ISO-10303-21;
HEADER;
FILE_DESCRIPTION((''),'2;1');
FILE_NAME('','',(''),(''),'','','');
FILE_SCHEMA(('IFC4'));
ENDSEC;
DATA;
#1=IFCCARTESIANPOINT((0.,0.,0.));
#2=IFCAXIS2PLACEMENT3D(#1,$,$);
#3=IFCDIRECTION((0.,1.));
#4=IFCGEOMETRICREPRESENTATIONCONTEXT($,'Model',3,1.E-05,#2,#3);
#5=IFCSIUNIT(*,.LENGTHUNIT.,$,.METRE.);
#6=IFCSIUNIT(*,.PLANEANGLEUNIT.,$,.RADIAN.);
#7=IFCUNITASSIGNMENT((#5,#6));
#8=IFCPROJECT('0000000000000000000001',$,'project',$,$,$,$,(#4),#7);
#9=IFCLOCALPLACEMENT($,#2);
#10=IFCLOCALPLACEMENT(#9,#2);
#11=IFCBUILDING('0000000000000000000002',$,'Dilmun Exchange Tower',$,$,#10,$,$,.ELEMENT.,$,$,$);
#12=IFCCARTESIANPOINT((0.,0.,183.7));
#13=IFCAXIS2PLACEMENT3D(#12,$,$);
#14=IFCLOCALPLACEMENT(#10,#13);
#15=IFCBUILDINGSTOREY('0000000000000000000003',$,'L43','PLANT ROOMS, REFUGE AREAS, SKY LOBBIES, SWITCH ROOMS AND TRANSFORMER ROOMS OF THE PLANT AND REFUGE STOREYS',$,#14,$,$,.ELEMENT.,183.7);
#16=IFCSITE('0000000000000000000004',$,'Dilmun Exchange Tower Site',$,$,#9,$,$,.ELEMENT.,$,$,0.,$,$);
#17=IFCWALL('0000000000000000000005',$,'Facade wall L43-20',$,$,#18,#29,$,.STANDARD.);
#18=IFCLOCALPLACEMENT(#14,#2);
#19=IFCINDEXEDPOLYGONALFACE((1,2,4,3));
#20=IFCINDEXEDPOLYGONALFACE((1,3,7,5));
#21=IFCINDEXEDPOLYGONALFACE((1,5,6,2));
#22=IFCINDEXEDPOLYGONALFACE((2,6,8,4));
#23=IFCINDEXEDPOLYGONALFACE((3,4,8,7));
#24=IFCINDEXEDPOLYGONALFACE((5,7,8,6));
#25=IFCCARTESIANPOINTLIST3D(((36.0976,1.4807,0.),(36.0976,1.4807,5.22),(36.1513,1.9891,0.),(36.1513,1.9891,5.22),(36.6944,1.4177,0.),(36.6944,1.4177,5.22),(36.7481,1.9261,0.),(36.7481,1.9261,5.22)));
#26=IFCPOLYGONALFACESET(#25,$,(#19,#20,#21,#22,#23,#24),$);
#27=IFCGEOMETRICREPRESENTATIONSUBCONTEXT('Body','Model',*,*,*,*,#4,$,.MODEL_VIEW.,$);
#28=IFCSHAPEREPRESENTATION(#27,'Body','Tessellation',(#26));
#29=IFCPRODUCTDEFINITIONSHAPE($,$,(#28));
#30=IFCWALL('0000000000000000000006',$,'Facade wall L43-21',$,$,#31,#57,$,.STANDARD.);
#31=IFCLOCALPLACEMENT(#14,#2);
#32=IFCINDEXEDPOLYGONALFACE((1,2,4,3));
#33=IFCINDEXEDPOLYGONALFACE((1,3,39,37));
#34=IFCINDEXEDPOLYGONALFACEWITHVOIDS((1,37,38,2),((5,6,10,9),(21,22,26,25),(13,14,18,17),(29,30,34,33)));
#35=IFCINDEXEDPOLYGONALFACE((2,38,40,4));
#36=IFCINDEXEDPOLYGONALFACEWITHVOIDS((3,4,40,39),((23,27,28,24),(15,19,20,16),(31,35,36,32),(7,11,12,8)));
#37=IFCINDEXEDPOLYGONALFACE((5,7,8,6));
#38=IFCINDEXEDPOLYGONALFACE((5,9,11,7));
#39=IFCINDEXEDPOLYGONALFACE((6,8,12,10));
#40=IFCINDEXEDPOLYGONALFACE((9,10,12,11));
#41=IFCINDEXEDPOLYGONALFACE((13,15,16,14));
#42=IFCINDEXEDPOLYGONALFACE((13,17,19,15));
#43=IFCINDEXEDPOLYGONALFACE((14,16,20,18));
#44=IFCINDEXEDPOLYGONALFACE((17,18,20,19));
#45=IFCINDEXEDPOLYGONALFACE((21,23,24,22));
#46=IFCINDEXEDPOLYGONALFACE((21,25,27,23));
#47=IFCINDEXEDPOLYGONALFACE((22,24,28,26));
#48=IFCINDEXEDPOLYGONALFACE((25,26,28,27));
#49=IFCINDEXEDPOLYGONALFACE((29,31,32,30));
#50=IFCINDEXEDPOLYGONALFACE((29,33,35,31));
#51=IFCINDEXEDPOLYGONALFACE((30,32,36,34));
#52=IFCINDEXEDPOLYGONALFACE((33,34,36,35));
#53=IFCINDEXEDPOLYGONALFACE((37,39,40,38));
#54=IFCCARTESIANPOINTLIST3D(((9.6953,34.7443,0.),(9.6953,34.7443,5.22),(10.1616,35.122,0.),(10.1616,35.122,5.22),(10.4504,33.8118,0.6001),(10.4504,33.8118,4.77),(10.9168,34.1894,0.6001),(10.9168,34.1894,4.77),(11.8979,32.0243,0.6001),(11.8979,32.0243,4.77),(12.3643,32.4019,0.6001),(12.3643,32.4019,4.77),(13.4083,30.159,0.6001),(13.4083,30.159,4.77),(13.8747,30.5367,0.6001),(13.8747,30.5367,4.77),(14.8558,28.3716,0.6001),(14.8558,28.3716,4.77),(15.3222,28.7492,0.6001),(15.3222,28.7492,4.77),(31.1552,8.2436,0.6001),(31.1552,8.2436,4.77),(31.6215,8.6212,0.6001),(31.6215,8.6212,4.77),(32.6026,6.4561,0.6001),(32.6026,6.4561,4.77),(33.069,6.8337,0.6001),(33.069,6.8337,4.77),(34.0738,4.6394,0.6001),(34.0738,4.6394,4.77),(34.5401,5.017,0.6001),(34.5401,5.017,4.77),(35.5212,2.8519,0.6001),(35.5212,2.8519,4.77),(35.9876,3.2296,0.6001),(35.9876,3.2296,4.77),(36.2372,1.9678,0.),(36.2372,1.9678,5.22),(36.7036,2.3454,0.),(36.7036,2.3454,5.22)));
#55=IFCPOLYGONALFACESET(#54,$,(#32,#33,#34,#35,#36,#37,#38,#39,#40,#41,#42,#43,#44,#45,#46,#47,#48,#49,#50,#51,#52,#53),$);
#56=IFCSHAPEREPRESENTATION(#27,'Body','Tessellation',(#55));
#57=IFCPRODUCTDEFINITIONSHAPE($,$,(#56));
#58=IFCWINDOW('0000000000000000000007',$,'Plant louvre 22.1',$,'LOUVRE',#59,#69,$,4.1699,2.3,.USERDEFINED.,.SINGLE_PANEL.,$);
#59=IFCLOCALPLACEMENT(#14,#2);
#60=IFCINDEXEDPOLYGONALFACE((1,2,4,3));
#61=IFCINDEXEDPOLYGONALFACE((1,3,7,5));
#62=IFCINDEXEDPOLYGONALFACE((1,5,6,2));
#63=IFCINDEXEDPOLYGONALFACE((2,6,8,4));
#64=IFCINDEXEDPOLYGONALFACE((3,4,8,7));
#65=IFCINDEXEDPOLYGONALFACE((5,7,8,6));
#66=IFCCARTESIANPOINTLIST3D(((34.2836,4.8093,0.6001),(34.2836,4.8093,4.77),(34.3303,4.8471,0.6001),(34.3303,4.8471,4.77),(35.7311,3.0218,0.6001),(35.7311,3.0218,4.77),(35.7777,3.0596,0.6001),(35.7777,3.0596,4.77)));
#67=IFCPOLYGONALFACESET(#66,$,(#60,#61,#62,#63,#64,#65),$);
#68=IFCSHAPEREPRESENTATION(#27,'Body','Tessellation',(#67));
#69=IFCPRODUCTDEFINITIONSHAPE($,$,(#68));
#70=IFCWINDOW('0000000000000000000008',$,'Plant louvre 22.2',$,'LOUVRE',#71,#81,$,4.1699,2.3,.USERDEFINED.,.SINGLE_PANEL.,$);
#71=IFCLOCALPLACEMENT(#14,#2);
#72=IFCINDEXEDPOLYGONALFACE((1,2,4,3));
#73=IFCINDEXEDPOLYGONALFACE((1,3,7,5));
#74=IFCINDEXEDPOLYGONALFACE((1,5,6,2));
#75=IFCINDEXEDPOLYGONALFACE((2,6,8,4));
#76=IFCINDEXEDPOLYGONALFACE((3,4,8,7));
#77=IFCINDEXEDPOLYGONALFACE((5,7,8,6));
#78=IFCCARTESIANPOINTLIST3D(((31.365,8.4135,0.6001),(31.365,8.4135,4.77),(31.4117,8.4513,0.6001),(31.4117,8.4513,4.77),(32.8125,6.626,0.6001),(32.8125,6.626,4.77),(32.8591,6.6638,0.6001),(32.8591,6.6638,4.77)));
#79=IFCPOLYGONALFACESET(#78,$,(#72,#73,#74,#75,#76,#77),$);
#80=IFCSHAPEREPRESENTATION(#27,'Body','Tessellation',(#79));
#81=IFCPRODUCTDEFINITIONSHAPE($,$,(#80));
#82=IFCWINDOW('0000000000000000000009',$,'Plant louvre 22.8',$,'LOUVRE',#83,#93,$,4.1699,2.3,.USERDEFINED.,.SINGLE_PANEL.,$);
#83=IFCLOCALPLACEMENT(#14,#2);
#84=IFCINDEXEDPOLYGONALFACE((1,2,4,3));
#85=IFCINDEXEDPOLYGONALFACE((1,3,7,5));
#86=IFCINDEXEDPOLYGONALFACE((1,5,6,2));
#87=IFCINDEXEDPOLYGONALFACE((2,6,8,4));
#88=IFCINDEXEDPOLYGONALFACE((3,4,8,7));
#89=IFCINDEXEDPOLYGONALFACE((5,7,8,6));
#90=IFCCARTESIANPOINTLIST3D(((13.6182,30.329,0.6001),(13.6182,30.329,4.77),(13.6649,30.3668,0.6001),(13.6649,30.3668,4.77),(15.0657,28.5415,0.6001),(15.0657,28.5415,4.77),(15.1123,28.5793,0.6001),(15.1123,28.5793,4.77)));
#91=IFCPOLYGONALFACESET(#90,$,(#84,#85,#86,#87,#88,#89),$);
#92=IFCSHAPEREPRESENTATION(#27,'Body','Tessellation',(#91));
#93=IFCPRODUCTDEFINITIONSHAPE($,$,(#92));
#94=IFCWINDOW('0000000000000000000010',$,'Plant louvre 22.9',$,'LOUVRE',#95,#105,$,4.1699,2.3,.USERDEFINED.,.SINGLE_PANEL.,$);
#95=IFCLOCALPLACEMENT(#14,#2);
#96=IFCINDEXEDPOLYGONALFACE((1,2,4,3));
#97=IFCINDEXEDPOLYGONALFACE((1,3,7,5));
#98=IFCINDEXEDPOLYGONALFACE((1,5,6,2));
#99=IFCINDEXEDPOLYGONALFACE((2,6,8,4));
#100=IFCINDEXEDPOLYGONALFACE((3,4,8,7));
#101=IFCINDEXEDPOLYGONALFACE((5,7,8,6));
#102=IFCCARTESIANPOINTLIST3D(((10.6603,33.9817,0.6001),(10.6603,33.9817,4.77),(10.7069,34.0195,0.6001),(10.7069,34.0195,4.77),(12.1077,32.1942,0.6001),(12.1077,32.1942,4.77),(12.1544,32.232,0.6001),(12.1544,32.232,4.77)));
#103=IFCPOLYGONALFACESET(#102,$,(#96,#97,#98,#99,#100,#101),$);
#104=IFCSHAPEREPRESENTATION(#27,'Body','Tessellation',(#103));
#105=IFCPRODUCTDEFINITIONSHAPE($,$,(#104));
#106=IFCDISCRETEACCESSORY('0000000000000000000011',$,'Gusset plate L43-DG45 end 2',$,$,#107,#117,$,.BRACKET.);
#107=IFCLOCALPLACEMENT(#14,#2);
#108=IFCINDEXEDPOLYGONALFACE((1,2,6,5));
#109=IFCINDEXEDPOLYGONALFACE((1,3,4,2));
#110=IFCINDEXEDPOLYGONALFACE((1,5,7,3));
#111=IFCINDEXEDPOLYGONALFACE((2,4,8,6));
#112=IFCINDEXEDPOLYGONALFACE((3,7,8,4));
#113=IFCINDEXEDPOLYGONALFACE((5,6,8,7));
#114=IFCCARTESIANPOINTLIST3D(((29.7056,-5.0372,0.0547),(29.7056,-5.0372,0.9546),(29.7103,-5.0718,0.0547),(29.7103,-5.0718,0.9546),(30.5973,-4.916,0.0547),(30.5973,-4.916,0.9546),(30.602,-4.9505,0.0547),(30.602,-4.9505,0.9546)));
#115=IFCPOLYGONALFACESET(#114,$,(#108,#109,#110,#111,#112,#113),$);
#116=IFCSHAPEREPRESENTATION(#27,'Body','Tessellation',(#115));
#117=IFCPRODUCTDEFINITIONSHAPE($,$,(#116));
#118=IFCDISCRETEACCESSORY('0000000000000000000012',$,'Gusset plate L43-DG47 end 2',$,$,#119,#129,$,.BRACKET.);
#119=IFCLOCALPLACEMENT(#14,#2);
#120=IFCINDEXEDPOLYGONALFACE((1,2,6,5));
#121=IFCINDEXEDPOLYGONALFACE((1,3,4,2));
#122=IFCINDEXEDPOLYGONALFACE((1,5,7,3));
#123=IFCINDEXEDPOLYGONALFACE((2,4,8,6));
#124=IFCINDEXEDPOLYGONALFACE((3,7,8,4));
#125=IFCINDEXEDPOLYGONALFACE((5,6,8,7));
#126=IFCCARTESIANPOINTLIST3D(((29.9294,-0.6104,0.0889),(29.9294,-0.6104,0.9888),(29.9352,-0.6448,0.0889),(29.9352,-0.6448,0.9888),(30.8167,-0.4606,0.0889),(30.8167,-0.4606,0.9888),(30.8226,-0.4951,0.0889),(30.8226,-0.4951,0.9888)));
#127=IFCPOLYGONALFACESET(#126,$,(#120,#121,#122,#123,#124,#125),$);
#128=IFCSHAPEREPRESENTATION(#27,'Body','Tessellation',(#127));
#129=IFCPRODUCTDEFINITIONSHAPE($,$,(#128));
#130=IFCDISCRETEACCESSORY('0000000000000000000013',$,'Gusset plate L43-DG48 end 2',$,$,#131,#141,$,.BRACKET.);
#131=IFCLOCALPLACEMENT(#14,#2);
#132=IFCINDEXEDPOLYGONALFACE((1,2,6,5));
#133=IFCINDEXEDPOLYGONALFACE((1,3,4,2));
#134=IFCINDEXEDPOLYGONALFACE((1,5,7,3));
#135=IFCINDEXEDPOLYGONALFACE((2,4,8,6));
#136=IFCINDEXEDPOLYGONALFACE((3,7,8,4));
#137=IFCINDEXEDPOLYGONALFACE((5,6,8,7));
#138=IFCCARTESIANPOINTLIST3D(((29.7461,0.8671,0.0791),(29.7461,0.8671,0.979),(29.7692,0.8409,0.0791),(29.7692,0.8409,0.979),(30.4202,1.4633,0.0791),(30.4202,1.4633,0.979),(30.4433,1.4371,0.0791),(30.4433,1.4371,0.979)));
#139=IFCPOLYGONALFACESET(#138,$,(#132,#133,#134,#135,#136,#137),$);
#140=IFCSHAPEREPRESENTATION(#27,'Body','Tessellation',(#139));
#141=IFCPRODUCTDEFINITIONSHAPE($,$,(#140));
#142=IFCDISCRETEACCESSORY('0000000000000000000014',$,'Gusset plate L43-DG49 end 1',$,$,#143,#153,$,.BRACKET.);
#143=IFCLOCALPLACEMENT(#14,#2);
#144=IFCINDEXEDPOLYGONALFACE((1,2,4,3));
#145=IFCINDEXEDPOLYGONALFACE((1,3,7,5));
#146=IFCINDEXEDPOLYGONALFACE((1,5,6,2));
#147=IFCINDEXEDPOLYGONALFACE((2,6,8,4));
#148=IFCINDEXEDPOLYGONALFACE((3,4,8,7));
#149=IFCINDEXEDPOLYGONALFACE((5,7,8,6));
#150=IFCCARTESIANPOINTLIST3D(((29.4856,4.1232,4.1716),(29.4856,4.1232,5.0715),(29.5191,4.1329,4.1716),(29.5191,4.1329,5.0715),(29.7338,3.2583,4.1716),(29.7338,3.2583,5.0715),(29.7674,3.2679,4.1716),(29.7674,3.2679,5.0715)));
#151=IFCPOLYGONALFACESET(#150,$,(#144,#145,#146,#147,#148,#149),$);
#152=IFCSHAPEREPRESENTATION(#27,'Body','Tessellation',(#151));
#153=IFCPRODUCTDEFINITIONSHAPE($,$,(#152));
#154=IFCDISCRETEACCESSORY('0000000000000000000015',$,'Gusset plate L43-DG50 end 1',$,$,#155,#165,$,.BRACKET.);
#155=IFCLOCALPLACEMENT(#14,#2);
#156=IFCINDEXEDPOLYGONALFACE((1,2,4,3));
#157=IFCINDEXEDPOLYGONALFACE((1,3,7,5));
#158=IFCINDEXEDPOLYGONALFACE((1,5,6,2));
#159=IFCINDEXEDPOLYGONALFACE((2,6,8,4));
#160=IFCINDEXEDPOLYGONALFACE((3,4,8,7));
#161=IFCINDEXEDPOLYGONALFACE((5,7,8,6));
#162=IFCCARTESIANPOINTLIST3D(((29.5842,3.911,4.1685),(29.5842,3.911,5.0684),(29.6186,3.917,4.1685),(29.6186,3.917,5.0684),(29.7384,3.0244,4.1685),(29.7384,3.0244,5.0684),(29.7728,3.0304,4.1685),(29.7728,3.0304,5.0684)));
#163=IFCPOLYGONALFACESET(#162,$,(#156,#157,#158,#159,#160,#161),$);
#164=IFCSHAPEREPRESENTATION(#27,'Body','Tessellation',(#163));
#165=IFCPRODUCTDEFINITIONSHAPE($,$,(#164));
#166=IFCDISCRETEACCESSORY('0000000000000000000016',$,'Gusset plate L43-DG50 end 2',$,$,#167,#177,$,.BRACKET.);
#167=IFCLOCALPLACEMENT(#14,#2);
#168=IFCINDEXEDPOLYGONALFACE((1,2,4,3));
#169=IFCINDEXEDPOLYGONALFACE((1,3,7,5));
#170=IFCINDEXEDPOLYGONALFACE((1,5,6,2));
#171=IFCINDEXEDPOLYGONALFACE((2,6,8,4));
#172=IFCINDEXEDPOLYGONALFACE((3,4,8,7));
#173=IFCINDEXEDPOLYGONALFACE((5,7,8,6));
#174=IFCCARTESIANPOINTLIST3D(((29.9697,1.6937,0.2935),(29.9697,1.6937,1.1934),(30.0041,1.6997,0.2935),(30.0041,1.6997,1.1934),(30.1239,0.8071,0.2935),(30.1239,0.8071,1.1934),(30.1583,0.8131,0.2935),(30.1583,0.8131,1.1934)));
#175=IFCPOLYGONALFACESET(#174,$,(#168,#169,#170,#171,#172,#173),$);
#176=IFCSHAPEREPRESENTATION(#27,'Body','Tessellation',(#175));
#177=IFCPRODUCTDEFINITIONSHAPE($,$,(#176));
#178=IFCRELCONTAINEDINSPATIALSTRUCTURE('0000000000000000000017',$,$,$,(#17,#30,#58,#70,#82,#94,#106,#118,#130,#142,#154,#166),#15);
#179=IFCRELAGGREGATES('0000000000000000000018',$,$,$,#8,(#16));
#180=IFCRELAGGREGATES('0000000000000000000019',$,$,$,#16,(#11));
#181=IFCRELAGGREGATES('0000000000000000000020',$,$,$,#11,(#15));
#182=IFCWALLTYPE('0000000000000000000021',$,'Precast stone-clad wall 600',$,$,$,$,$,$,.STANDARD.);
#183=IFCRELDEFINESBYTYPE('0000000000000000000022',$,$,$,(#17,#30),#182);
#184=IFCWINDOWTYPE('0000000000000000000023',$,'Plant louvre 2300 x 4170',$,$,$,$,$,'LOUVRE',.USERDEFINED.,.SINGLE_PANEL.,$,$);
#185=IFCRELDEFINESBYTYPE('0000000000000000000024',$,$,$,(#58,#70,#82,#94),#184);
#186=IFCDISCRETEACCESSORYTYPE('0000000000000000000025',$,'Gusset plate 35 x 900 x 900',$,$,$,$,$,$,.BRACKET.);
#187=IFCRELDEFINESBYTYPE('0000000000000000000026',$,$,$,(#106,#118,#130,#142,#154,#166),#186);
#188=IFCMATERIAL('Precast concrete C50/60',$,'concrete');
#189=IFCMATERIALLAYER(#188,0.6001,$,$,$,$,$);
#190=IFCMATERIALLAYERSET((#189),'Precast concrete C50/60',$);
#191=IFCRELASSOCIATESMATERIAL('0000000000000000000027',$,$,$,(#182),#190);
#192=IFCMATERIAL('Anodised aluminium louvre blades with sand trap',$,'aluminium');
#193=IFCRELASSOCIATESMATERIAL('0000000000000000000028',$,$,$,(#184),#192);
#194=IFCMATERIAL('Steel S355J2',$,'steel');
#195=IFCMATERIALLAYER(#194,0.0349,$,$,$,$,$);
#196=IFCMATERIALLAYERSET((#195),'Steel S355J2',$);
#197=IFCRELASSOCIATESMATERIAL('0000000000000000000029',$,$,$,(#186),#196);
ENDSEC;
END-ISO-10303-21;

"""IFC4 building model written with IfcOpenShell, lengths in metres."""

from ifc_helpers import new_model, si_unit, direction, frame, frame_2d, origin, origin_2d, place, context, subcontext, project, spatial, rectangle, extrude, material, layer, layer_set, type_object, element, fill, save


model = new_model("IFC4")

# Units and contexts
model_context = context("Model", 3, precision=1e-05, world=origin(), true_north=direction((0.0, 1.0)))
body_context = subcontext(model_context, "Body", "Model", "MODEL_VIEW")
ifc_project = project(units=[si_unit("LENGTHUNIT", "METRE"), si_unit("PLANEANGLEUNIT", "RADIAN")], contexts=[model_context])

# Site, building, storey
site_placement = place(None, origin())
site = spatial("IfcSite", under=ifc_project, at=site_placement, Name="Dilmun Exchange Tower Site", CompositionType="ELEMENT", RefElevation=0.0)
building_placement = place(site_placement, origin())
building = spatial("IfcBuilding", under=site, at=building_placement, Name="Dilmun Exchange Tower", CompositionType="ELEMENT")
storey_placement = place(building_placement, frame((0.0, 0.0, 183.7)))
storey = spatial("IfcBuildingStorey", under=building, at=storey_placement, Name="L43", Description="PLANT ROOMS, REFUGE AREAS, SKY LOBBIES, SWITCH ROOMS AND TRANSFORMER ROOMS OF THE PLANT AND REFUGE STOREYS", CompositionType="ELEMENT", Elevation=183.7)

# Shared definitions
ifc_material_1 = material(Name="Precast concrete C50/60", Category="concrete")
ifc_layer_1 = layer(ifc_material_1, 0.6001)
ifc_layer_set_1 = layer_set([ifc_layer_1], Name="Precast concrete C50/60")
wall_type = type_object("IfcWallType", Name="Precast stone-clad wall 600", PredefinedType="STANDARD", material=ifc_layer_set_1)

# Shared definitions
ifc_material_2 = material(Name="Anodised aluminium louvre blades with sand trap", Category="aluminium")

# Wall
wall_1_placement = place(storey_placement, frame((36.396, 1.4492, 0.0), z_axis=(0.0, 0.0, 1.0), x_axis=(0.105083, 0.994463, 0.0)))
element("IfcWall", 1, at=wall_1_placement, inside=storey, type_object=wall_type, Name="Facade wall L43-20", PredefinedType="STANDARD", context=body_context, shape_type="SweptSolid", body=[
    extrude(rectangle(XDim=0.5112, YDim=0.6001, at=frame_2d((0.2556, 0.0))), origin(), (0.0, 0.0, 1.0), 5.22),
])

# Wall, openings, windows
wall_2_placement = place(storey_placement, frame((36.4705, 2.1565, 0.0), z_axis=(0.0, 0.0, 1.0), x_axis=(-0.629321, 0.777146, 0.0)))
wall_2 = element("IfcWall", 2, at=wall_2_placement, inside=storey, type_object=wall_type, Name="Facade wall L43-21", PredefinedType="STANDARD", context=body_context, shape_type="SweptSolid", body=[
    extrude(rectangle(XDim=42.1755, YDim=0.6001, at=frame_2d((21.0879, 0.0))), origin(), (0.0, 0.0, 1.0), 5.22),
])
opening_1_placement = place(wall_2_placement, frame((1.1379, 0.0, 0.6001)))
opening_1 = element("IfcOpeningElement", 3, at=opening_1_placement, cuts=wall_2, PredefinedType="OPENING", context=body_context, shape_type="SweptSolid", body=[
    extrude(rectangle(XDim=2.3, YDim=4.1699, at=frame_2d((1.1499, 2.085))), frame((0.0, 0.3101, 0.0), z_axis=(0.0, -1.0, 0.0), x_axis=(1.0, 0.0, 0.0)), (0.0, 0.0, 1.0), 0.6201),
])
opening_2_placement = place(wall_2_placement, frame((5.7756, 0.0, 0.6001)))
opening_2 = element("IfcOpeningElement", 4, at=opening_2_placement, cuts=wall_2, PredefinedType="OPENING", context=body_context, shape_type="SweptSolid", body=[
    extrude(rectangle(XDim=2.3, YDim=4.1699, at=frame_2d((1.1499, 2.085))), frame((0.0, 0.3101, 0.0), z_axis=(0.0, -1.0, 0.0), x_axis=(1.0, 0.0, 0.0)), (0.0, 0.0, 1.0), 0.6201),
])
opening_3_placement = place(wall_2_placement, frame((33.9756, 0.0, 0.6001)))
opening_3 = element("IfcOpeningElement", 5, at=opening_3_placement, cuts=wall_2, PredefinedType="OPENING", context=body_context, shape_type="SweptSolid", body=[
    extrude(rectangle(XDim=2.3, YDim=4.1699, at=frame_2d((1.1499, 2.085))), frame((0.0, 0.3101, 0.0), z_axis=(0.0, -1.0, 0.0), x_axis=(1.0, 0.0, 0.0)), (0.0, 0.0, 1.0), 0.6201),
])
opening_4_placement = place(wall_2_placement, frame((38.6758, 0.0, 0.6001)))
opening_4 = element("IfcOpeningElement", 6, at=opening_4_placement, cuts=wall_2, PredefinedType="OPENING", context=body_context, shape_type="SweptSolid", body=[
    extrude(rectangle(XDim=2.3, YDim=4.1699, at=frame_2d((1.1499, 2.085))), frame((0.0, 0.3101, 0.0), z_axis=(0.0, -1.0, 0.0), x_axis=(1.0, 0.0, 0.0)), (0.0, 0.0, 1.0), 0.6201),
])
window_type_1 = type_object("IfcWindowType", Name="Plant louvre 2300 x 4170", ElementType="LOUVRE", PartitioningType="SINGLE_PANEL", PredefinedType="USERDEFINED", material=ifc_material_2)
window_1_placement = place(opening_1_placement, origin())
window_1 = element("IfcWindow", 7, at=window_1_placement, inside=storey, type_object=window_type_1, Name="Plant louvre 22.1", ObjectType="LOUVRE", OverallHeight=4.1699, OverallWidth=2.3, PartitioningType="SINGLE_PANEL", PredefinedType="USERDEFINED", context=body_context, shape_type="SweptSolid", body=[
    extrude(rectangle(XDim=2.3, YDim=4.1699, at=frame_2d((1.1499, 2.085))), frame((0.0, 0.03, 0.0), z_axis=(0.0, -1.0, 0.0), x_axis=(1.0, 0.0, 0.0)), (0.0, 0.0, 1.0), 0.0601),
])
fill(opening_1, window_1)
window_2_placement = place(opening_2_placement, origin())
window_2 = element("IfcWindow", 8, at=window_2_placement, inside=storey, type_object=window_type_1, Name="Plant louvre 22.2", ObjectType="LOUVRE", OverallHeight=4.1699, OverallWidth=2.3, PartitioningType="SINGLE_PANEL", PredefinedType="USERDEFINED", context=body_context, shape_type="SweptSolid", body=[
    extrude(rectangle(XDim=2.3, YDim=4.1699, at=frame_2d((1.1499, 2.085))), frame((0.0, 0.03, 0.0), z_axis=(0.0, -1.0, 0.0), x_axis=(1.0, 0.0, 0.0)), (0.0, 0.0, 1.0), 0.0601),
])
fill(opening_2, window_2)
window_3_placement = place(opening_3_placement, origin())
window_3 = element("IfcWindow", 9, at=window_3_placement, inside=storey, type_object=window_type_1, Name="Plant louvre 22.8", ObjectType="LOUVRE", OverallHeight=4.1699, OverallWidth=2.3, PartitioningType="SINGLE_PANEL", PredefinedType="USERDEFINED", context=body_context, shape_type="SweptSolid", body=[
    extrude(rectangle(XDim=2.3, YDim=4.1699, at=frame_2d((1.1499, 2.085))), frame((0.0, 0.03, 0.0), z_axis=(0.0, -1.0, 0.0), x_axis=(1.0, 0.0, 0.0)), (0.0, 0.0, 1.0), 0.0601),
])
fill(opening_3, window_3)
window_4_placement = place(opening_4_placement, origin())
window_4 = element("IfcWindow", 10, at=window_4_placement, inside=storey, type_object=window_type_1, Name="Plant louvre 22.9", ObjectType="LOUVRE", OverallHeight=4.1699, OverallWidth=2.3, PartitioningType="SINGLE_PANEL", PredefinedType="USERDEFINED", context=body_context, shape_type="SweptSolid", body=[
    extrude(rectangle(XDim=2.3, YDim=4.1699, at=frame_2d((1.1499, 2.085))), frame((0.0, 0.03, 0.0), z_axis=(0.0, -1.0, 0.0), x_axis=(1.0, 0.0, 0.0)), (0.0, 0.0, 1.0), 0.0601),
])
fill(opening_4, window_4)

# Discrete accessories
ifc_material_3 = material(Name="Steel S355J2", Category="steel")
ifc_layer_2 = layer(ifc_material_3, 0.0349)
ifc_layer_set_2 = layer_set([ifc_layer_2], Name="Steel S355J2")
discrete_accessory_type = type_object("IfcDiscreteAccessoryType", Name="Gusset plate 35 x 900 x 900", PredefinedType="BRACKET", material=ifc_layer_set_2)
for number, where, z_axis, x_axis, name in (
    (11, (30.1538, -4.9939, 0.0547), (0.0, 0.0, 1.0), (0.990874, 0.134789, 0.0), "Gusset plate L43-DG45 end 2"),
    (12, (30.376, -0.5527, 0.0889), (0.0, 0.0, 1.0), (0.98605, 0.166452, 0.0), "Gusset plate L43-DG47 end 2"),
    (13, (30.0947, 1.1521, 0.0791), (0.0, 0.0, 1.0), (0.749077, 0.662483, 0.0), "Gusset plate L43-DG48 end 2"),
    (14, (29.6265, 3.6956, 4.1716), (0.0, 0.0, 1.0), (-0.275872, 0.961194, 0.0), "Gusset plate L43-DG49 end 1"),
    (15, (29.6785, 3.4707, 4.1685), (0.0, 0.0, 1.0), (0.171369, -0.985207, 0.0), "Gusset plate L43-DG50 end 1"),
    (16, (30.064, 1.2534, 0.2935), (0.0, 0.0, 1.0), (0.171369, -0.985207, 0.0), "Gusset plate L43-DG50 end 2"),
):
    element("IfcDiscreteAccessory", number, at=place(storey_placement, frame(where, z_axis=z_axis, x_axis=x_axis)), inside=storey, type_object=discrete_accessory_type, Name=name, PredefinedType="BRACKET", context=body_context, shape_type="SweptSolid", body=[
        extrude(rectangle(XDim=0.8999, YDim=0.0349, at=origin_2d()), origin(), (0.0, 0.0, 1.0), 0.8999),
    ])

save(model, "model.ifc")
